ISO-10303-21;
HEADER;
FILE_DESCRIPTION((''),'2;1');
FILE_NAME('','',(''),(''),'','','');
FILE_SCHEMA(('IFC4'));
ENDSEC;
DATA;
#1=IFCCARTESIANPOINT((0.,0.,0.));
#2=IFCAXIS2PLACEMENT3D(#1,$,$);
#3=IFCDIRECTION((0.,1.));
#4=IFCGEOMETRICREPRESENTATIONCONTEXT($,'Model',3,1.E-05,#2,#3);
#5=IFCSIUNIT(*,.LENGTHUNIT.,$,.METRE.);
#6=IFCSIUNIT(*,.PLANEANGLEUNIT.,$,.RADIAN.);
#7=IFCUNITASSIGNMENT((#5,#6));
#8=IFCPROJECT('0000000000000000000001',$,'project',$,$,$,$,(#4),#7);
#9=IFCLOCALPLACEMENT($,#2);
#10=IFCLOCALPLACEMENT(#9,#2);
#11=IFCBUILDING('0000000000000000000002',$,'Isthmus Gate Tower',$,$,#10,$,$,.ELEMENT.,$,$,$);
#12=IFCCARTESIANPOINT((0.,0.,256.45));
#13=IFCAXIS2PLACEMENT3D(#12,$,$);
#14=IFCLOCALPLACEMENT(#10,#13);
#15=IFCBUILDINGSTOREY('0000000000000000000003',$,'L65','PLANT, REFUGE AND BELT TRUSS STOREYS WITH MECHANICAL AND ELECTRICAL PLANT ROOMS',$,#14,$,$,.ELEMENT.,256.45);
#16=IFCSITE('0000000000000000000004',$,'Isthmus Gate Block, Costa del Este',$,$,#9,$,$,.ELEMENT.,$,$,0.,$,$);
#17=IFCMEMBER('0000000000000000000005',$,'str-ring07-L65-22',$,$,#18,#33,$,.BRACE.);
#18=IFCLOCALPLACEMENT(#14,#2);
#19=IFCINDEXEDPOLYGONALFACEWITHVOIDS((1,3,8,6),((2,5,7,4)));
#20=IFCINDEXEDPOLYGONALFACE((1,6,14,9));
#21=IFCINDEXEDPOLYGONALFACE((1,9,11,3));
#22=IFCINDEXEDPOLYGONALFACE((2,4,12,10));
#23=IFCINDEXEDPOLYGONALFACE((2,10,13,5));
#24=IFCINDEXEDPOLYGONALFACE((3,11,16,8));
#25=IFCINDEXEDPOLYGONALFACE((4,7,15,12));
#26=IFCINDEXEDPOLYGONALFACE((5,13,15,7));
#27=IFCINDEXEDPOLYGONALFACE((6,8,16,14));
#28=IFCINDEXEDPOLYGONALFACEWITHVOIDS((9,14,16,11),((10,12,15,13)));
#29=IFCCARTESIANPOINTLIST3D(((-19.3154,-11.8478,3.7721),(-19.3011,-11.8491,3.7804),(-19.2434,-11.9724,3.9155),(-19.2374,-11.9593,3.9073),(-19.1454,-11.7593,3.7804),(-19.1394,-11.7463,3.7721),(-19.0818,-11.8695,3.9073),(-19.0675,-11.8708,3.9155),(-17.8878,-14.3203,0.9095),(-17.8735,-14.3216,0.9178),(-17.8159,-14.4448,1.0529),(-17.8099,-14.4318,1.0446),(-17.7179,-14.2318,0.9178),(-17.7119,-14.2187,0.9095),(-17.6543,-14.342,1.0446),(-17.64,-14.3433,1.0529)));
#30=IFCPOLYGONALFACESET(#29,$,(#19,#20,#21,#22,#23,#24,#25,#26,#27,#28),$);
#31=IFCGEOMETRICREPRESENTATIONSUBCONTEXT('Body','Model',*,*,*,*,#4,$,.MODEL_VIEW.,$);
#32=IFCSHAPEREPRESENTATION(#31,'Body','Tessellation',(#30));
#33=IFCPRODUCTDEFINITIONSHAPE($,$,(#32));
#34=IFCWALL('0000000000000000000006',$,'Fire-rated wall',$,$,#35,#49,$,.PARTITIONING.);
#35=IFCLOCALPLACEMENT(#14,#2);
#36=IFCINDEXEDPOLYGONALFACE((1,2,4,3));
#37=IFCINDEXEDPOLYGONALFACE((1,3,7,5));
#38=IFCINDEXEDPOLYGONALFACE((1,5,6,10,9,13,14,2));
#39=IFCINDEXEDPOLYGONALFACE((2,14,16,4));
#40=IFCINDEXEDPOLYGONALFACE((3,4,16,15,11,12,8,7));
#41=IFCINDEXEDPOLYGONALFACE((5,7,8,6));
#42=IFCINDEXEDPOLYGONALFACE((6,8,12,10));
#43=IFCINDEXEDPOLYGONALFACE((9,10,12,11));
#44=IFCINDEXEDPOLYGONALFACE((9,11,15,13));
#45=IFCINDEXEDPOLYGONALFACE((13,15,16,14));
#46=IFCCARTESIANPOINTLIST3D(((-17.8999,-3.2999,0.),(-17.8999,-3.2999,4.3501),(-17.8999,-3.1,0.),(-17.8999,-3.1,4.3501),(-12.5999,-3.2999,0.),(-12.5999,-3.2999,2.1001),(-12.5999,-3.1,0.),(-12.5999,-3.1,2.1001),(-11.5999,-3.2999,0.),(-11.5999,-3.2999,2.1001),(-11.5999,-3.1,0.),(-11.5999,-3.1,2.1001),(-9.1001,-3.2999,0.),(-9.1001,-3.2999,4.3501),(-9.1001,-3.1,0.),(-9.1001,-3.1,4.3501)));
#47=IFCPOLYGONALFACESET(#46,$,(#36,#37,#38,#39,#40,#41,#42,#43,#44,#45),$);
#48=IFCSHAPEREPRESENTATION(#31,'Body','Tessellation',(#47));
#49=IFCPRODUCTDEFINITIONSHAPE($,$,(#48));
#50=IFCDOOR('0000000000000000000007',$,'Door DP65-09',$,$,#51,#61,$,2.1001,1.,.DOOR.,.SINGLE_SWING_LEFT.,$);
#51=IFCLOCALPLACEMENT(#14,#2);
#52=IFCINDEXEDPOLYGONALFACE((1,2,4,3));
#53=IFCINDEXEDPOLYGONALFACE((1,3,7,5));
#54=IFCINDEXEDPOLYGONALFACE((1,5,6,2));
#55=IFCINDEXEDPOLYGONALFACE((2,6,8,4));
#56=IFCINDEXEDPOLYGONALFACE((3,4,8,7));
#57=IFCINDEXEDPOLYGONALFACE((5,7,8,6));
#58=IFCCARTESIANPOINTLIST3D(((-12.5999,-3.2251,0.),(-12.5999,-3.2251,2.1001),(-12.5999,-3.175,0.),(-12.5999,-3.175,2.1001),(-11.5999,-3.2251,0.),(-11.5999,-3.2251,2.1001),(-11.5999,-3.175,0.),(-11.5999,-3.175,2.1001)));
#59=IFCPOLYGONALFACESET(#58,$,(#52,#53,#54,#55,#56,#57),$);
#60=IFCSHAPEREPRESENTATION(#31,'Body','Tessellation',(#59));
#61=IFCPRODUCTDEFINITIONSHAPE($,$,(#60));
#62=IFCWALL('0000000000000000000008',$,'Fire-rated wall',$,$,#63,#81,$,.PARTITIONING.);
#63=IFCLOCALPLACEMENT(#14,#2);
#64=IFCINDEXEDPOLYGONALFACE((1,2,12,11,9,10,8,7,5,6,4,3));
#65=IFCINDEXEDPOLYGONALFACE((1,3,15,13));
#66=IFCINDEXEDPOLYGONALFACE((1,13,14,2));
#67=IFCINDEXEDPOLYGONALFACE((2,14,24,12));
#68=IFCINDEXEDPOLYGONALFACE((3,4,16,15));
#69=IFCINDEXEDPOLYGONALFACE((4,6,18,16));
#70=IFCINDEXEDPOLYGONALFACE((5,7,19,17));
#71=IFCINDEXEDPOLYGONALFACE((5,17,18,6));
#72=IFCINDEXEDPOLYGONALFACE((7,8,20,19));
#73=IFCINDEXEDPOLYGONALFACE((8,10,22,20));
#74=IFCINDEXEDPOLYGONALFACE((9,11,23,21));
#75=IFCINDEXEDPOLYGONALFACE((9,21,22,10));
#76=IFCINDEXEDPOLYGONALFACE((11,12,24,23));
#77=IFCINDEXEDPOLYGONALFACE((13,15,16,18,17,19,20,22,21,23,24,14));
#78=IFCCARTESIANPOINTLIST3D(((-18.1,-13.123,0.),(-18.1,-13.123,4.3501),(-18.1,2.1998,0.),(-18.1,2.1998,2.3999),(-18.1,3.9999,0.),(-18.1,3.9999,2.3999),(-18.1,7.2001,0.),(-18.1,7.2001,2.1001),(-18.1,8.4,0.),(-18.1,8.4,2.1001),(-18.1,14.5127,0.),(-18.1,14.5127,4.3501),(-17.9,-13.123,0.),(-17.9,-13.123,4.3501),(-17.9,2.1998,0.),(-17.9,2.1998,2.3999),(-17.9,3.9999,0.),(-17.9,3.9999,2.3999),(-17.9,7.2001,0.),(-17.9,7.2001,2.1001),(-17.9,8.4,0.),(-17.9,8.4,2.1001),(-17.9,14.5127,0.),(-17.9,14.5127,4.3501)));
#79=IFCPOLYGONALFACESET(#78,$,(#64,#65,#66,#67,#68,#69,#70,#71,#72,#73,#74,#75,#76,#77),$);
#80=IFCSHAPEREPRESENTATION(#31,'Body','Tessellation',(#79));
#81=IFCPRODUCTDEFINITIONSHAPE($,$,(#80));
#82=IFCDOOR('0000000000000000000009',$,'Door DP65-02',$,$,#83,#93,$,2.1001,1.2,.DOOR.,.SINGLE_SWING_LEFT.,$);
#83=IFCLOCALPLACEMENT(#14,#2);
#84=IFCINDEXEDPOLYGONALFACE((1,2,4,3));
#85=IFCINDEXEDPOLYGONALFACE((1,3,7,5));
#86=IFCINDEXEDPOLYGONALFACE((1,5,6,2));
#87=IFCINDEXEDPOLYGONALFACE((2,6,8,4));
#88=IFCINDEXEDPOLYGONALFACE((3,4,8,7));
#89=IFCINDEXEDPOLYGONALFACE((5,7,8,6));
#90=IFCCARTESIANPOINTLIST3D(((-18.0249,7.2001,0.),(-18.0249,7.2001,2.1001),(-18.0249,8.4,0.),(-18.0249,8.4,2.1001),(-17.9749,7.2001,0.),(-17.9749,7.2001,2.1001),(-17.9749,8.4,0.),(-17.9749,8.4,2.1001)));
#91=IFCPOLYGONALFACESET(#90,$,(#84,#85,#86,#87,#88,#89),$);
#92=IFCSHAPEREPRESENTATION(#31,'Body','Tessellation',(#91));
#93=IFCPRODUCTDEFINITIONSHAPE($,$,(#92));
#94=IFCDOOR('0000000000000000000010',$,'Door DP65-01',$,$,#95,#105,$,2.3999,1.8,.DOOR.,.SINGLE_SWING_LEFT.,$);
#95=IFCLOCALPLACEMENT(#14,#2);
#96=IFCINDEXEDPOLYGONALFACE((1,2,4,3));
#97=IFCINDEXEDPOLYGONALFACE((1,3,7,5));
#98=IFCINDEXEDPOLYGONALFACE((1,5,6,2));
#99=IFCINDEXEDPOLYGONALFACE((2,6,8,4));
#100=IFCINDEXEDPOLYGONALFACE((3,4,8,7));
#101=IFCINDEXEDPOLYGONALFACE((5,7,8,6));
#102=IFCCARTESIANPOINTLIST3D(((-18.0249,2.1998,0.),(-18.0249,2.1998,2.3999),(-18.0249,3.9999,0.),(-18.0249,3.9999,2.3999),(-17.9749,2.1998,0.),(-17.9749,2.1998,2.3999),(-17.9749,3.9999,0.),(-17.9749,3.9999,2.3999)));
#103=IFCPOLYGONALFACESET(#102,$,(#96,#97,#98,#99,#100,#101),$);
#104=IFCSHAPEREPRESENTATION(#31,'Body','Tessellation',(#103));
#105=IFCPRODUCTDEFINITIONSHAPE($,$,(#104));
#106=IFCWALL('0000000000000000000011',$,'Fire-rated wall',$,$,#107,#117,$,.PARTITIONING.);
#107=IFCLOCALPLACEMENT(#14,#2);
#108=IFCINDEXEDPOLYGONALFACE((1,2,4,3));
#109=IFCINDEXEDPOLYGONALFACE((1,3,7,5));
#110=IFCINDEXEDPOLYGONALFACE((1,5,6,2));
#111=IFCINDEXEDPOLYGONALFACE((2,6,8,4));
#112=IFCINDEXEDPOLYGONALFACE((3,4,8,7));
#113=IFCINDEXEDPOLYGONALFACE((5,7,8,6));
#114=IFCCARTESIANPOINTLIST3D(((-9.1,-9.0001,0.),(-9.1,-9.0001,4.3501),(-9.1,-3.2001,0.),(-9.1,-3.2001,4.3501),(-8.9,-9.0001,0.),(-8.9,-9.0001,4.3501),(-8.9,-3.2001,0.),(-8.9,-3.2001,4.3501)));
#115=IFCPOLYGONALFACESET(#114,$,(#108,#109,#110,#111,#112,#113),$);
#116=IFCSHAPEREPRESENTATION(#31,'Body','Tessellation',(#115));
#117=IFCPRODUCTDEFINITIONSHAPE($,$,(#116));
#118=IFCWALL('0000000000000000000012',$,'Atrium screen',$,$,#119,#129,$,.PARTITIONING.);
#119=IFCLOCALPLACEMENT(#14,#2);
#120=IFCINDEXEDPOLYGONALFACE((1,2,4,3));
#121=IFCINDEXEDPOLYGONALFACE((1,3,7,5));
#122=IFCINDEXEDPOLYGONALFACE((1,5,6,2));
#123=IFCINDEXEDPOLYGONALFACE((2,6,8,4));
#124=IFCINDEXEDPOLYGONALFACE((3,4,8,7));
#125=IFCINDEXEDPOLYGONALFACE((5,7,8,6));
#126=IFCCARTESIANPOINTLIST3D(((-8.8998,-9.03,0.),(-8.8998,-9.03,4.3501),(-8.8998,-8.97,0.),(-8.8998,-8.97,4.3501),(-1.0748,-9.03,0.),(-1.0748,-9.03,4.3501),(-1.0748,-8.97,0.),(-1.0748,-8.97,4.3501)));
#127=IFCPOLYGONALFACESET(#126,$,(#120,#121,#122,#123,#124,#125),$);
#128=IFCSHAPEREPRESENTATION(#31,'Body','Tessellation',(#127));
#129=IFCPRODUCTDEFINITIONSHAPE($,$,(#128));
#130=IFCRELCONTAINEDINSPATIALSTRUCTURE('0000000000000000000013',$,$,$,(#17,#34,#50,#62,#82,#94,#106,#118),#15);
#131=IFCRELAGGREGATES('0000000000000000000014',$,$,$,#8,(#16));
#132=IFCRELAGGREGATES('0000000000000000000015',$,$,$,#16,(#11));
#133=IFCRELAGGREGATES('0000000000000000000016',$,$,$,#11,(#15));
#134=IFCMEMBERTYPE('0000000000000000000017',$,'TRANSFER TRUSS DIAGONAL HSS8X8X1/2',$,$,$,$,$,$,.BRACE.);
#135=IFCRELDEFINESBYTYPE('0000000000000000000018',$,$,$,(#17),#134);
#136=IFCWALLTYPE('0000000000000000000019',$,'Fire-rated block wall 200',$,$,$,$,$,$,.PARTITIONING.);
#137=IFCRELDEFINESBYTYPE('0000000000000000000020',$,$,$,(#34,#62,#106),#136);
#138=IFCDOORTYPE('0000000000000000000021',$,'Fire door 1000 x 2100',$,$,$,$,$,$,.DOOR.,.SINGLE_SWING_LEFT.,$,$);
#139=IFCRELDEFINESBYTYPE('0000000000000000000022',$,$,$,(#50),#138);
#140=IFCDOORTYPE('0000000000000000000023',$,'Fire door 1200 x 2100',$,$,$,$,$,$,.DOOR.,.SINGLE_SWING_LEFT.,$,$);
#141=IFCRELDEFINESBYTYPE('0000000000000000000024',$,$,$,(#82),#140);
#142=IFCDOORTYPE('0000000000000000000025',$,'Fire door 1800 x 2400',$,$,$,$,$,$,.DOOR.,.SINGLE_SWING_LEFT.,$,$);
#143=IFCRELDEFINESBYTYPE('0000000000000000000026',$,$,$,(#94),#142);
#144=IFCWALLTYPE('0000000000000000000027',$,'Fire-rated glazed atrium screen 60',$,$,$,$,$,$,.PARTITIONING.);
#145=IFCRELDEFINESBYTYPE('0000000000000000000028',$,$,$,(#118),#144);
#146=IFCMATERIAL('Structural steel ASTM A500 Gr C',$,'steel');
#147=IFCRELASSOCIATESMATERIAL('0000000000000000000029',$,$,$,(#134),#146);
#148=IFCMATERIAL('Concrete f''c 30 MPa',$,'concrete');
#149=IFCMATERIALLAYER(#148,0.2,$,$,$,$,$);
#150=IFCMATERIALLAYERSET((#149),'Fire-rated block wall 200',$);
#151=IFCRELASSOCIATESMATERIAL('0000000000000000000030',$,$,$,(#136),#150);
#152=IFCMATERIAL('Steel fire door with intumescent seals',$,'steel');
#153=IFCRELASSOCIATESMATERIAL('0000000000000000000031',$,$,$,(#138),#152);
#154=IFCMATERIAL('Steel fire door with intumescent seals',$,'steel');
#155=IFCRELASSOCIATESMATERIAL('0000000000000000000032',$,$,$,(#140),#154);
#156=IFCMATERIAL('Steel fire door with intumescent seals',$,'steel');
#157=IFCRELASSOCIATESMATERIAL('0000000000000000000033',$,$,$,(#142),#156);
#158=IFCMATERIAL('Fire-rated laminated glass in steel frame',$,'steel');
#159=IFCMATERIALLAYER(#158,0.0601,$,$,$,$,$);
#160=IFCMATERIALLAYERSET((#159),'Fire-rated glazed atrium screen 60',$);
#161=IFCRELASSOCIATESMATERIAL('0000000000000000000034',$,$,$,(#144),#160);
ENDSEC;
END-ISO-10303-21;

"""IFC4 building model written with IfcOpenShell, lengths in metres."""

from ifc_helpers import new_model, si_unit, direction, frame, frame_2d, origin, origin_2d, place, context, subcontext, project, spatial, rectangle, hollow_rectangle, extrude, material, layer, layer_set, material_profile, profile_set, type_object, element, fill, save


model = new_model("IFC4")

# Units and contexts
model_context = context("Model", 3, precision=1e-05, world=origin(), true_north=direction((0.0, 1.0)))
body_context = subcontext(model_context, "Body", "Model", "MODEL_VIEW")
ifc_project = project(units=[si_unit("LENGTHUNIT", "METRE"), si_unit("PLANEANGLEUNIT", "RADIAN")], contexts=[model_context])

# Site, building, storey
site_placement = place(None, origin())
site = spatial("IfcSite", under=ifc_project, at=site_placement, Name="Isthmus Gate Block, Costa del Este", CompositionType="ELEMENT", RefElevation=0.0)
building_placement = place(site_placement, origin())
building = spatial("IfcBuilding", under=site, at=building_placement, Name="Isthmus Gate Tower", CompositionType="ELEMENT")
storey_placement = place(building_placement, frame((0.0, 0.0, 256.45)))
storey = spatial("IfcBuildingStorey", under=building, at=storey_placement, Name="L65", Description="PLANT, REFUGE AND BELT TRUSS STOREYS WITH MECHANICAL AND ELECTRICAL PLANT ROOMS", CompositionType="ELEMENT", Elevation=256.45)

# Member
ifc_material_1 = material(Name="Structural steel ASTM A500 Gr C", Category="steel")
ifc_material_profile_1 = material_profile(ifc_material_1, hollow_rectangle(XDim=0.2031, YDim=0.2031, WallThickness=0.0117, at=origin_2d()), Name="HSS8X8X1/2")
ifc_profile_set_1 = profile_set([ifc_material_profile_1], Name="Structural steel ASTM A500 Gr C")
member_type_1 = type_object("IfcMemberType", Name="TRANSFER TRUSS DIAGONAL HSS8X8X1/2", PredefinedType="BRACE", material=ifc_profile_set_1)
member_1_placement = place(storey_placement, frame((-17.7639, -14.3318, 0.9812), z_axis=(-0.353089, 0.61155, 0.70805), x_axis=(-0.866019, -0.500011, 0.0)))
element("IfcMember", 1, at=member_1_placement, inside=storey, type_object=member_type_1, Name="str-ring07-L65-22", PredefinedType="BRACE", context=body_context, shape_type="SweptSolid", body=[
    extrude(hollow_rectangle(XDim=0.2031, YDim=0.2031, WallThickness=0.0117, at=origin_2d()), origin(), (0.0, 0.0, 1.0), 4.043),
])

# Wall, opening, door
ifc_material_2 = material(Name="Concrete f'c 30 MPa", Category="concrete")
ifc_layer_1 = layer(ifc_material_2, 0.2)
ifc_layer_set_1 = layer_set([ifc_layer_1], Name="Fire-rated block wall 200")
wall_type_1 = type_object("IfcWallType", Name="Fire-rated block wall 200", PredefinedType="PARTITIONING", material=ifc_layer_set_1)
wall_1_placement = place(storey_placement, frame((-17.8999, -3.2, 0.0), z_axis=(0.0, 0.0, 1.0), x_axis=(1.0, 0.0, 0.0)))
wall_1 = element("IfcWall", 2, at=wall_1_placement, inside=storey, type_object=wall_type_1, Name="Fire-rated wall", PredefinedType="PARTITIONING", context=body_context, shape_type="SweptSolid", body=[
    extrude(rectangle(XDim=8.7998, YDim=0.2, at=frame_2d((4.3999, 0.0))), origin(), (0.0, 0.0, 1.0), 4.3501),
])
opening_1_placement = place(wall_1_placement, frame((5.3, 0.0, 0.0)))
opening_1 = element("IfcOpeningElement", 3, at=opening_1_placement, cuts=wall_1, PredefinedType="OPENING", context=body_context, shape_type="SweptSolid", body=[
    extrude(rectangle(XDim=1.0, YDim=2.1001, at=frame_2d((0.5, 1.05))), frame((0.0, 0.1099, 0.0), z_axis=(0.0, -1.0, 0.0), x_axis=(1.0, 0.0, 0.0)), (0.0, 0.0, 1.0), 0.22),
])
ifc_material_3 = material(Name="Steel fire door with intumescent seals", Category="steel")
door_type_1 = type_object("IfcDoorType", Name="Fire door 1000 x 2100", OperationType="SINGLE_SWING_LEFT", PredefinedType="DOOR", material=ifc_material_3)
door_1_placement = place(opening_1_placement, origin())
door_1 = element("IfcDoor", 4, at=door_1_placement, inside=storey, type_object=door_type_1, Name="Door DP65-09", OperationType="SINGLE_SWING_LEFT", OverallHeight=2.1001, OverallWidth=1.0, PredefinedType="DOOR", context=body_context, shape_type="SweptSolid", body=[
    extrude(rectangle(XDim=1.0, YDim=2.1001, at=frame_2d((0.5, 1.05))), frame((0.0, 0.0249, 0.0), z_axis=(0.0, -1.0, 0.0), x_axis=(1.0, 0.0, 0.0)), (0.0, 0.0, 1.0), 0.05),
])
fill(opening_1, door_1)

# Wall, openings, doors
wall_2_placement = place(storey_placement, frame((-18.0, -13.123, 0.0), z_axis=(0.0, 0.0, 1.0), x_axis=(0.0, 1.0, 0.0)))
wall_2 = element("IfcWall", 5, at=wall_2_placement, inside=storey, type_object=wall_type_1, Name="Fire-rated wall", PredefinedType="PARTITIONING", context=body_context, shape_type="SweptSolid", body=[
    extrude(rectangle(XDim=27.6357, YDim=0.2, at=frame_2d((13.8179, 0.0))), origin(), (0.0, 0.0, 1.0), 4.3501),
])
opening_2_placement = place(wall_2_placement, frame((15.323, 0.0, 0.0)))
opening_2 = element("IfcOpeningElement", 6, at=opening_2_placement, cuts=wall_2, PredefinedType="OPENING", context=body_context, shape_type="SweptSolid", body=[
    extrude(rectangle(XDim=1.8, YDim=2.3999, at=frame_2d((0.8999, 1.2))), frame((0.0, 0.1099, 0.0), z_axis=(0.0, -1.0, 0.0), x_axis=(1.0, 0.0, 0.0)), (0.0, 0.0, 1.0), 0.22),
])
opening_3_placement = place(wall_2_placement, frame((20.323, 0.0, 0.0)))
opening_3 = element("IfcOpeningElement", 7, at=opening_3_placement, cuts=wall_2, PredefinedType="OPENING", context=body_context, shape_type="SweptSolid", body=[
    extrude(rectangle(XDim=1.2, YDim=2.1001, at=frame_2d((0.6001, 1.05))), frame((0.0, 0.1099, 0.0), z_axis=(0.0, -1.0, 0.0), x_axis=(1.0, 0.0, 0.0)), (0.0, 0.0, 1.0), 0.22),
])
ifc_material_4 = material(Name="Steel fire door with intumescent seals", Category="steel")
door_type_2 = type_object("IfcDoorType", Name="Fire door 1200 x 2100", OperationType="SINGLE_SWING_LEFT", PredefinedType="DOOR", material=ifc_material_4)
door_2_placement = place(opening_3_placement, origin())
door_2 = element("IfcDoor", 8, at=door_2_placement, inside=storey, type_object=door_type_2, Name="Door DP65-02", OperationType="SINGLE_SWING_LEFT", OverallHeight=2.1001, OverallWidth=1.2, PredefinedType="DOOR", context=body_context, shape_type="SweptSolid", body=[
    extrude(rectangle(XDim=1.2, YDim=2.1001, at=frame_2d((0.6001, 1.05))), frame((0.0, 0.0249, 0.0), z_axis=(0.0, -1.0, 0.0), x_axis=(1.0, 0.0, 0.0)), (0.0, 0.0, 1.0), 0.05),
])
fill(opening_3, door_2)
ifc_material_5 = material(Name="Steel fire door with intumescent seals", Category="steel")
door_type_3 = type_object("IfcDoorType", Name="Fire door 1800 x 2400", OperationType="SINGLE_SWING_LEFT", PredefinedType="DOOR", material=ifc_material_5)
door_3_placement = place(opening_2_placement, origin())
door_3 = element("IfcDoor", 9, at=door_3_placement, inside=storey, type_object=door_type_3, Name="Door DP65-01", OperationType="SINGLE_SWING_LEFT", OverallHeight=2.3999, OverallWidth=1.8, PredefinedType="DOOR", context=body_context, shape_type="SweptSolid", body=[
    extrude(rectangle(XDim=1.8, YDim=2.3999, at=frame_2d((0.8999, 1.2))), frame((0.0, 0.0249, 0.0), z_axis=(0.0, -1.0, 0.0), x_axis=(1.0, 0.0, 0.0)), (0.0, 0.0, 1.0), 0.05),
])
fill(opening_2, door_3)

# Walls
wall_3_placement = place(storey_placement, frame((-9.0, -9.0, 0.0), z_axis=(0.0, 0.0, 1.0), x_axis=(0.0, 1.0, 0.0)))
element("IfcWall", 10, at=wall_3_placement, inside=storey, type_object=wall_type_1, Name="Fire-rated wall", PredefinedType="PARTITIONING", context=body_context, shape_type="SweptSolid", body=[
    extrude(rectangle(XDim=5.8, YDim=0.2, at=frame_2d((2.8999, 0.0))), origin(), (0.0, 0.0, 1.0), 4.3501),
])
ifc_material_6 = material(Name="Fire-rated laminated glass in steel frame", Category="steel")
ifc_layer_2 = layer(ifc_material_6, 0.0601)
ifc_layer_set_2 = layer_set([ifc_layer_2], Name="Fire-rated glazed atrium screen 60")
wall_type_2 = type_object("IfcWallType", Name="Fire-rated glazed atrium screen 60", PredefinedType="PARTITIONING", material=ifc_layer_set_2)
wall_4_placement = place(storey_placement, frame((-8.8999, -9.0, 0.0), z_axis=(0.0, 0.0, 1.0), x_axis=(1.0, 0.0, 0.0)))
element("IfcWall", 11, at=wall_4_placement, inside=storey, type_object=wall_type_2, Name="Atrium screen", PredefinedType="PARTITIONING", context=body_context, shape_type="SweptSolid", body=[
    extrude(rectangle(XDim=7.825, YDim=0.0601, at=frame_2d((3.9126, 0.0))), origin(), (0.0, 0.0, 1.0), 4.3501),
])

save(model, "model.ifc")
